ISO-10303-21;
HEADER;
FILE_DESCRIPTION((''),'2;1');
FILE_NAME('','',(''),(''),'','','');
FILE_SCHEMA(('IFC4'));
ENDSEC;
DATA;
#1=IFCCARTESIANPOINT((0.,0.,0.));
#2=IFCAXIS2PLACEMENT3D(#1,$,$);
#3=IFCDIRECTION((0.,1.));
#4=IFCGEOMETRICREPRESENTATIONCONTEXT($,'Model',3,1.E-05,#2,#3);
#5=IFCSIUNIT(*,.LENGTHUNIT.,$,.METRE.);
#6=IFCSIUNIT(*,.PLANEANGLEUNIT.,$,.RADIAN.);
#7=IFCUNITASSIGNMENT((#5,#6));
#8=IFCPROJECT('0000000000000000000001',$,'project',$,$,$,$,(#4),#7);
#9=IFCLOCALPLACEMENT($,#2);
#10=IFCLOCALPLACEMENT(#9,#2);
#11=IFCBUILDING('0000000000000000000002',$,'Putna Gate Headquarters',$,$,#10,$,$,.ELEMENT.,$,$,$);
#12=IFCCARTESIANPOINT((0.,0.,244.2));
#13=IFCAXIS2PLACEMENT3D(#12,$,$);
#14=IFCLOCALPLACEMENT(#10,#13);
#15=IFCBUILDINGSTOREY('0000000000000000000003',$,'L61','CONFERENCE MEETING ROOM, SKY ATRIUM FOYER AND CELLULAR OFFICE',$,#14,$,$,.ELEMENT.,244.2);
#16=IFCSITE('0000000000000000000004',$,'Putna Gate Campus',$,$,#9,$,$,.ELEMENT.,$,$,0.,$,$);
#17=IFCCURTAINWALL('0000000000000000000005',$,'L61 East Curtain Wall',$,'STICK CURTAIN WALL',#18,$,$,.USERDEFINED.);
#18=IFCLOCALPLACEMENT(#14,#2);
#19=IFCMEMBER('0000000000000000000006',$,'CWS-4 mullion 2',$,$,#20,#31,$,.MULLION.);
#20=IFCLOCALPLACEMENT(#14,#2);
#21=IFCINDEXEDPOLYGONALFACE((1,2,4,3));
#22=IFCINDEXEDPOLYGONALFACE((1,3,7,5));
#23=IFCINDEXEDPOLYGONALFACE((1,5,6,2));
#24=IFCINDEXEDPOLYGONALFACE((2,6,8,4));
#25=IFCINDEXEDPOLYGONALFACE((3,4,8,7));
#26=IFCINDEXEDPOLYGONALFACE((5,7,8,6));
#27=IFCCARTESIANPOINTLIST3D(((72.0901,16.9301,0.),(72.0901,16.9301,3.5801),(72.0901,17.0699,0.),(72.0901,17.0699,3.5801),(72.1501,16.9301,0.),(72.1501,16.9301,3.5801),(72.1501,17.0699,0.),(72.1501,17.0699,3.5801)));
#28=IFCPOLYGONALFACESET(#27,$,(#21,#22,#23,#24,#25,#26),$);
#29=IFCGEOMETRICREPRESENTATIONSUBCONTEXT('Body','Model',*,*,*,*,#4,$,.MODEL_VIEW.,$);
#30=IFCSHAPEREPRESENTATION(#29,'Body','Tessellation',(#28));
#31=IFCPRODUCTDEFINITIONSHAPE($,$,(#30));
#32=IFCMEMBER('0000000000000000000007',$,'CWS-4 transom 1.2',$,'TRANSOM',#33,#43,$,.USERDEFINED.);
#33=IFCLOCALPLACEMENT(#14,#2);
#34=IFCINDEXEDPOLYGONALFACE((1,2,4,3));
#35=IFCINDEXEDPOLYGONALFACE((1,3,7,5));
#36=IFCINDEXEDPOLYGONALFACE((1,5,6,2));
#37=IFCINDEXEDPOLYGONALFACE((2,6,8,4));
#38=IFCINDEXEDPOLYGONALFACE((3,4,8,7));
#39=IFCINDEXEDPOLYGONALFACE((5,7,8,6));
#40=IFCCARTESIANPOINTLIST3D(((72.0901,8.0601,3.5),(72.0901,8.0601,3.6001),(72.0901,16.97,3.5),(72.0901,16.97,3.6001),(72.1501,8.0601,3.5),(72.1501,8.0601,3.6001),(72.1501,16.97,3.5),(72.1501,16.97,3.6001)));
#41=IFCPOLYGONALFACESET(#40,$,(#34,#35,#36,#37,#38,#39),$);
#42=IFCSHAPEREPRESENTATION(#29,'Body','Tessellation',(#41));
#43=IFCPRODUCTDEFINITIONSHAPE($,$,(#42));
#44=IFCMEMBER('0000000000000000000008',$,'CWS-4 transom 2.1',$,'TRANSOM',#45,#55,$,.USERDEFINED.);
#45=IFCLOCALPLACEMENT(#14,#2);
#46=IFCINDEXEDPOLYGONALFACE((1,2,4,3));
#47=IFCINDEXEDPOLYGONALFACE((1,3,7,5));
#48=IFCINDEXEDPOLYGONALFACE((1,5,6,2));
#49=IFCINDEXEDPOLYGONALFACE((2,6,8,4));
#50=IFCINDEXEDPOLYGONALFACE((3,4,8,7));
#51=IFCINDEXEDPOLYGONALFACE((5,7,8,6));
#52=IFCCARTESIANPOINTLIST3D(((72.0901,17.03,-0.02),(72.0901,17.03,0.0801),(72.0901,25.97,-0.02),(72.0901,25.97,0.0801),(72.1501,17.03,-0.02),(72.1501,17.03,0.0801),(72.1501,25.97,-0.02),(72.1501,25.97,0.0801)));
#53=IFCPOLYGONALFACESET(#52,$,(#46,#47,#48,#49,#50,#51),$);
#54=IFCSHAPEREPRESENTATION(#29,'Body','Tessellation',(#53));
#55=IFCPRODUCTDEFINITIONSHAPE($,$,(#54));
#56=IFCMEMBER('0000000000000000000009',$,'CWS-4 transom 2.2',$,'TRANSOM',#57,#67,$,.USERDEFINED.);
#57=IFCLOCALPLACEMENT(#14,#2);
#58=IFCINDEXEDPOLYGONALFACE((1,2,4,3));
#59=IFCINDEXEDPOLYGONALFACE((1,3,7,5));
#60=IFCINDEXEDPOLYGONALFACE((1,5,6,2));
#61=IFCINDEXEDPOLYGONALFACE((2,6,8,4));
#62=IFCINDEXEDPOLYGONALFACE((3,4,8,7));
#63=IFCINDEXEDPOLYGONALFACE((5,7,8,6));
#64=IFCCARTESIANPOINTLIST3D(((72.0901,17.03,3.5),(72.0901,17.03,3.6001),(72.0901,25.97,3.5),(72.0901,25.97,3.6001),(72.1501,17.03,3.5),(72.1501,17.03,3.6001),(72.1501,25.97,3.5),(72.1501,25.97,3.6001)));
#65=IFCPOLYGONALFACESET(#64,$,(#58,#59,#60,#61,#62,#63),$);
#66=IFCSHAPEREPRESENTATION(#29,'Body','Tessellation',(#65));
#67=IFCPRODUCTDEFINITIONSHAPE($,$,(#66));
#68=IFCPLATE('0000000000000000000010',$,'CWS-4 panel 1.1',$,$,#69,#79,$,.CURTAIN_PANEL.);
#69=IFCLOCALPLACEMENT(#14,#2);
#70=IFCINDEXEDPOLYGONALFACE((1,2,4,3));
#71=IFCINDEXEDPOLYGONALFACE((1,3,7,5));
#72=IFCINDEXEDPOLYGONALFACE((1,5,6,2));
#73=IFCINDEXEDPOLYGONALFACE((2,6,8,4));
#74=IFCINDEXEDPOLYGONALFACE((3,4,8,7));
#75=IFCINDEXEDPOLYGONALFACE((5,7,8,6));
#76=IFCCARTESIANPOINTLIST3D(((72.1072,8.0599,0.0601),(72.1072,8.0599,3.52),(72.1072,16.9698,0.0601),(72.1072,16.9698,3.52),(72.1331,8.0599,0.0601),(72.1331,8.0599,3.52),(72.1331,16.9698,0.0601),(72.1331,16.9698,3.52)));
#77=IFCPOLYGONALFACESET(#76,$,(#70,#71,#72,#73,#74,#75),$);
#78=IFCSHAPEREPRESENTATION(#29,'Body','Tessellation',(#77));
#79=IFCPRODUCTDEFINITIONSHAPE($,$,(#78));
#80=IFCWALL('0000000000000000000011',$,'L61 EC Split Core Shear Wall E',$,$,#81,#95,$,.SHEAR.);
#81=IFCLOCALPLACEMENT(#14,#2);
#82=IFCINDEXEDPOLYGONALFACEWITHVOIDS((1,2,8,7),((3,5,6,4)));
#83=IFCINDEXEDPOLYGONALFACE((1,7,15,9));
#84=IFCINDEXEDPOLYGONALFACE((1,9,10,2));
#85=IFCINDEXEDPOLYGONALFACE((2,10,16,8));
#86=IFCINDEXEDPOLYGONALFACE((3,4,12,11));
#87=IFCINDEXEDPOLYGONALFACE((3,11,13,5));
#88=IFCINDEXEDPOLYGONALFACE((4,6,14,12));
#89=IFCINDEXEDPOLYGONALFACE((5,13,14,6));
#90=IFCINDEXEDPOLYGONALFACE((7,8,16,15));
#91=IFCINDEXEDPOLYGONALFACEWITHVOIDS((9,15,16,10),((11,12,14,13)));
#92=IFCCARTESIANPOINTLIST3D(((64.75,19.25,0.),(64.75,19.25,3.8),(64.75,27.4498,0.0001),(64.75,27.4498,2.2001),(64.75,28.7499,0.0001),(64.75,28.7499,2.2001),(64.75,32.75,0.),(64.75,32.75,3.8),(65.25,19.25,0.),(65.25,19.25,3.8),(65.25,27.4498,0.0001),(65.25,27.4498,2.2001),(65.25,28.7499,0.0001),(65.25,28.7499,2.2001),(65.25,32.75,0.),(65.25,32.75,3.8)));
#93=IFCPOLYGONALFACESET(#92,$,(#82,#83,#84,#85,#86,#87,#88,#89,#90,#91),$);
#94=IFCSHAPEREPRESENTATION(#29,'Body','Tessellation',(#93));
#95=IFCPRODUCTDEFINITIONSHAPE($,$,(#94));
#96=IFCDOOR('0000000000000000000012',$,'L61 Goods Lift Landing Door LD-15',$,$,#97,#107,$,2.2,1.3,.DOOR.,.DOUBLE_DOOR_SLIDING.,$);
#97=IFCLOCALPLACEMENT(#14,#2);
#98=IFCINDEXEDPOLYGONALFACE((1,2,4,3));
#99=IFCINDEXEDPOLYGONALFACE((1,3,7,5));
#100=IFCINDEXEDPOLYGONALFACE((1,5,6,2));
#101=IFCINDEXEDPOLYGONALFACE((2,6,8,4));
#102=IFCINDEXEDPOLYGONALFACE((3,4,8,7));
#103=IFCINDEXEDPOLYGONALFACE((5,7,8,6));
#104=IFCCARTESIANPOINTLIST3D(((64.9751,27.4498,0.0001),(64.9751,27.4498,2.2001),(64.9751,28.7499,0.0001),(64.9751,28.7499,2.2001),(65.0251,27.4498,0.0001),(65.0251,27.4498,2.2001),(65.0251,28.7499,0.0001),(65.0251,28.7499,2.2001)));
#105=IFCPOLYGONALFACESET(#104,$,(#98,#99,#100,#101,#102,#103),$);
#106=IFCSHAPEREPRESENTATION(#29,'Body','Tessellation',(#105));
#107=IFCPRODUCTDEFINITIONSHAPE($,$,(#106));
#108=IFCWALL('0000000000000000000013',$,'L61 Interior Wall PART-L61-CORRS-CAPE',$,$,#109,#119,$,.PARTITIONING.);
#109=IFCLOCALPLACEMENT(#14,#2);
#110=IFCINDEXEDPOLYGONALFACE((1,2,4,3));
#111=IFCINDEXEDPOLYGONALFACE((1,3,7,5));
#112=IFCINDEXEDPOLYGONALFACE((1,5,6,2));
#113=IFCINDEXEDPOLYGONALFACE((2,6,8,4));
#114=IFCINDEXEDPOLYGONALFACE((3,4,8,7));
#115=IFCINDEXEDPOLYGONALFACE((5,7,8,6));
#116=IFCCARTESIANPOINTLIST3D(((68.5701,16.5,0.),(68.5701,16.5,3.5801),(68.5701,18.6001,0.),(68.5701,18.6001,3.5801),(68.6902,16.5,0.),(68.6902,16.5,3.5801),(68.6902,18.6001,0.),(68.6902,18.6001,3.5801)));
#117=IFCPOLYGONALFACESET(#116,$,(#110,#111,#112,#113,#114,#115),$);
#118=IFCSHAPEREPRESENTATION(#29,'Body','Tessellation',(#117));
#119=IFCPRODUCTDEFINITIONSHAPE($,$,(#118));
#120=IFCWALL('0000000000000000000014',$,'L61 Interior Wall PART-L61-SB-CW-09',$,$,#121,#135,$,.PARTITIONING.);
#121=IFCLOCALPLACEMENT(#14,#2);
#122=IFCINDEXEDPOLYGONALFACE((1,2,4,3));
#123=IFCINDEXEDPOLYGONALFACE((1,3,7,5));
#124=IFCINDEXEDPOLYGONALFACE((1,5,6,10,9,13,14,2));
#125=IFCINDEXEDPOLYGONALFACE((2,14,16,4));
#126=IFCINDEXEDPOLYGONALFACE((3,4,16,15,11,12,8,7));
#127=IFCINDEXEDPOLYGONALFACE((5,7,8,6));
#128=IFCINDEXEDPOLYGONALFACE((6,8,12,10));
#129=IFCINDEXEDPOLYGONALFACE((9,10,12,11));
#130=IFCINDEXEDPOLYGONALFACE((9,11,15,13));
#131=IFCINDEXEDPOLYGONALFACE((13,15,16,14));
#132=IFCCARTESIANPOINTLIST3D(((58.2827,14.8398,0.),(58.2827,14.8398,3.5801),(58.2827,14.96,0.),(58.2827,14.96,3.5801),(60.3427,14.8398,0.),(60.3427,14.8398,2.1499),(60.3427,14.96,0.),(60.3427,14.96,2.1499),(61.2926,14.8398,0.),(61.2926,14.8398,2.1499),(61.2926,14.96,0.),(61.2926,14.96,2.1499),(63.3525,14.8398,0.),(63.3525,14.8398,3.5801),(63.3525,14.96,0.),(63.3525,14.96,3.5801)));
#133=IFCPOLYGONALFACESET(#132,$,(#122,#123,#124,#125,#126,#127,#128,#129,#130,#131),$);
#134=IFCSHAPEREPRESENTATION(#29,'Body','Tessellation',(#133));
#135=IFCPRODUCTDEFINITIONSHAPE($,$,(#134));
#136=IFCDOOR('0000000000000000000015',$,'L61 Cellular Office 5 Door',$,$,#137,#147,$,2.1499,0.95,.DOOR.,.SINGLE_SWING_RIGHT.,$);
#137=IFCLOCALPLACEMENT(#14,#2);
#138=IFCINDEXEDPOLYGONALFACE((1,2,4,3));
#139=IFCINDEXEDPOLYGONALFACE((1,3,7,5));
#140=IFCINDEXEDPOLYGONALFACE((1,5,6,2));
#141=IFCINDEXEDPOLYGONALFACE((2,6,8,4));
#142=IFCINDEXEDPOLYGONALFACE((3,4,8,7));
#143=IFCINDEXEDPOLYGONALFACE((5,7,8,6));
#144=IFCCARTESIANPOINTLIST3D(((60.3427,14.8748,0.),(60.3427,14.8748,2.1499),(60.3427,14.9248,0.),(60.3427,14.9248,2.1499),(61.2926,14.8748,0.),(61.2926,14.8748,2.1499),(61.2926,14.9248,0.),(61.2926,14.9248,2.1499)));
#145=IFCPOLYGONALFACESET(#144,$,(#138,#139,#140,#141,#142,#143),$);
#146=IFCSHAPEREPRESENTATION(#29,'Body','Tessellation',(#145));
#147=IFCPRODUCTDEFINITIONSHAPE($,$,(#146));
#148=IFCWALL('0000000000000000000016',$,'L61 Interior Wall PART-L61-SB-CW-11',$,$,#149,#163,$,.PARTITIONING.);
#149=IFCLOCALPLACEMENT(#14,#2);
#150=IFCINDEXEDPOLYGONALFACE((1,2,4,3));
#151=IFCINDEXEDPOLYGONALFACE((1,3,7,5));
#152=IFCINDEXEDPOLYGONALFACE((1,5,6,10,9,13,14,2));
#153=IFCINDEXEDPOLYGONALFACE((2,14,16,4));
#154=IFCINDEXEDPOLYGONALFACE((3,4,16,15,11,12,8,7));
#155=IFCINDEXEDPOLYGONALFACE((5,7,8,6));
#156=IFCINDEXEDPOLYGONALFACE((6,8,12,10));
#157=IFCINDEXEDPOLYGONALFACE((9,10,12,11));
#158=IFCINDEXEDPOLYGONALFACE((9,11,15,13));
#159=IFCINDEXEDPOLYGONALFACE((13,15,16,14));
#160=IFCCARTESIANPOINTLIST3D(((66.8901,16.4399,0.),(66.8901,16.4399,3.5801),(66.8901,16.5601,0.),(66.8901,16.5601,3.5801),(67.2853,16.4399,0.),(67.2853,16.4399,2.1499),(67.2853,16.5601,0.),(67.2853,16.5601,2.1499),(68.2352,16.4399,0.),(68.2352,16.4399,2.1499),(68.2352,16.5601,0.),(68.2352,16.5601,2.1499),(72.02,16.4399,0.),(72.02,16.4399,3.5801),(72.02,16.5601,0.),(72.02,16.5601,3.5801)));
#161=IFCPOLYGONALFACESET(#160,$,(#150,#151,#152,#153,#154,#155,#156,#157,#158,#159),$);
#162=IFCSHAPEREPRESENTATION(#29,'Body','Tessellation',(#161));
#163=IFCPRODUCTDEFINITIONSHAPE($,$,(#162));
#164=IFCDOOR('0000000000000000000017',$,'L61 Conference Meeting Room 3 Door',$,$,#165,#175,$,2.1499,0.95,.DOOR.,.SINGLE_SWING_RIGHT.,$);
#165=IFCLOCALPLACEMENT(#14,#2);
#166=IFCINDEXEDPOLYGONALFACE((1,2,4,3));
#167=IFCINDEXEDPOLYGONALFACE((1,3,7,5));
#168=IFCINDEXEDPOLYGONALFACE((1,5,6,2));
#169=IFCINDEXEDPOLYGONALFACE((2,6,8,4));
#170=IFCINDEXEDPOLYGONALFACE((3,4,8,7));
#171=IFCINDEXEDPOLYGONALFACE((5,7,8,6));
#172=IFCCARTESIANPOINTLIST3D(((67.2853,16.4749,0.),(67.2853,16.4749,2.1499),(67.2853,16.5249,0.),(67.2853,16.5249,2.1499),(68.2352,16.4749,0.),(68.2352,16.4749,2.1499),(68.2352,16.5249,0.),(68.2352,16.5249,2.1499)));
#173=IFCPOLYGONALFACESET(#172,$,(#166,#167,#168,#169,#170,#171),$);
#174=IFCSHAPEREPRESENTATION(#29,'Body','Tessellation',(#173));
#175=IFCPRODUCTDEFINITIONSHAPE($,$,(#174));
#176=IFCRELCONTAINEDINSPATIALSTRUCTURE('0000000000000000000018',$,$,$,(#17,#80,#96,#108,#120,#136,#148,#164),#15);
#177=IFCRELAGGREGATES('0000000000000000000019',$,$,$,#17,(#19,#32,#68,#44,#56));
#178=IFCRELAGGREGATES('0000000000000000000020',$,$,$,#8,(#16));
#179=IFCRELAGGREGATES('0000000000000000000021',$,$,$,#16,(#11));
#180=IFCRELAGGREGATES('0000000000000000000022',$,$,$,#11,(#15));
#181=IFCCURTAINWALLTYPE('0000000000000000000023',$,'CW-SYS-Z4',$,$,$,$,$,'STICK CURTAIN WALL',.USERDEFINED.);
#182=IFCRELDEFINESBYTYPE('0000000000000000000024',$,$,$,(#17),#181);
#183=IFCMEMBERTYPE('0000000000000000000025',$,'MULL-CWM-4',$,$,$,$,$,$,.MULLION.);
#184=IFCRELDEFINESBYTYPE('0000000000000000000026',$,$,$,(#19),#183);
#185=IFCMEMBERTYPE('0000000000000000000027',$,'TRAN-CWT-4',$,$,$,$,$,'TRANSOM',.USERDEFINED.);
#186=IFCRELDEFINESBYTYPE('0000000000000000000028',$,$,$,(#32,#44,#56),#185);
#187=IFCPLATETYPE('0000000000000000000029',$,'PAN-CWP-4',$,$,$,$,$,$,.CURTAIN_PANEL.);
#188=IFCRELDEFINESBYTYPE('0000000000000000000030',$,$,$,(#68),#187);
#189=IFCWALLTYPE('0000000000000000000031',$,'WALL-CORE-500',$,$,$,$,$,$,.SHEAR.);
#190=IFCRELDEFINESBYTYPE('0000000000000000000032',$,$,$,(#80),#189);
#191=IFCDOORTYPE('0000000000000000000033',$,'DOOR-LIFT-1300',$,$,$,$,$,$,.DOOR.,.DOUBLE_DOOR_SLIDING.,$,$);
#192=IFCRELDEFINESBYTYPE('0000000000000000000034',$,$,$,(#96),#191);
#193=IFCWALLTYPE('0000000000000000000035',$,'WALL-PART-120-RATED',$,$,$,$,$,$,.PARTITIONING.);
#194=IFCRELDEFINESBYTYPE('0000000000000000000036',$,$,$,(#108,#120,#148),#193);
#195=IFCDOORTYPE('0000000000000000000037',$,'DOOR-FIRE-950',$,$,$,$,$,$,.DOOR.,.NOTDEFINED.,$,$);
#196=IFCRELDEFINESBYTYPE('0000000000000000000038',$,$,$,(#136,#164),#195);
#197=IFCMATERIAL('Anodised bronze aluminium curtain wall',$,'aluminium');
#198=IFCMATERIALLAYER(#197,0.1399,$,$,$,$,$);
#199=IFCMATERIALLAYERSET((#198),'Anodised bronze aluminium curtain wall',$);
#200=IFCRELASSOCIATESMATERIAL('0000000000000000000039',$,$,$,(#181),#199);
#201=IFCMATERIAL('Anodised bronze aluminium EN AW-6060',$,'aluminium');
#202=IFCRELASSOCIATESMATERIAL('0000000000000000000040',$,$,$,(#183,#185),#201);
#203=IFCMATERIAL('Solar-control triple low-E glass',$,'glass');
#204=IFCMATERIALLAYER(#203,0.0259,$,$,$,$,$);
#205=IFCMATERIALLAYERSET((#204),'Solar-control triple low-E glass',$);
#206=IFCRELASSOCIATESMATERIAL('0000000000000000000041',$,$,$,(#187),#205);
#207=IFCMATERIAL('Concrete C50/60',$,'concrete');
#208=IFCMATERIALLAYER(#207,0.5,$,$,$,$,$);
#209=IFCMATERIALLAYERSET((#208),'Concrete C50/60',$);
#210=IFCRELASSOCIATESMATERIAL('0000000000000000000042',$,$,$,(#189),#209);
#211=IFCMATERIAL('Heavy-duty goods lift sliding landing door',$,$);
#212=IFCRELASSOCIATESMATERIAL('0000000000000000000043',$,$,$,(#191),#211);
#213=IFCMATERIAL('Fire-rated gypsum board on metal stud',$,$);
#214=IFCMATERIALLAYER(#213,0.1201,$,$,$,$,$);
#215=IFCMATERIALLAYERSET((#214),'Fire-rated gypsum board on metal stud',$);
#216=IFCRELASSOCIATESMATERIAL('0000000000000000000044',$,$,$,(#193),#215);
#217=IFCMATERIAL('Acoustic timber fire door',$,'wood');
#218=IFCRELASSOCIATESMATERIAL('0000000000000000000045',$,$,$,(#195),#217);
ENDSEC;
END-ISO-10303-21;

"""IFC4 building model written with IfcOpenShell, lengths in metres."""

from ifc_helpers import new_model, si_unit, direction, frame, frame_2d, origin, origin_2d, place, context, subcontext, project, spatial, rectangle, extrude, material, layer, layer_set, material_profile, profile_set, type_object, element, fill, aggregate, save


model = new_model("IFC4")

# Units and contexts
model_context = context("Model", 3, precision=1e-05, world=origin(), true_north=direction((0.0, 1.0)))
body_context = subcontext(model_context, "Body", "Model", "MODEL_VIEW")
ifc_project = project(units=[si_unit("LENGTHUNIT", "METRE"), si_unit("PLANEANGLEUNIT", "RADIAN")], contexts=[model_context])

# Site, building, storey
site_placement = place(None, origin())
site = spatial("IfcSite", under=ifc_project, at=site_placement, Name="Putna Gate Campus", CompositionType="ELEMENT", RefElevation=0.0)
building_placement = place(site_placement, origin())
building = spatial("IfcBuilding", under=site, at=building_placement, Name="Putna Gate Headquarters", CompositionType="ELEMENT")
storey_placement = place(building_placement, frame((0.0, 0.0, 244.2)))
storey = spatial("IfcBuildingStorey", under=building, at=storey_placement, Name="L61", Description="CONFERENCE MEETING ROOM, SKY ATRIUM FOYER AND CELLULAR OFFICE", CompositionType="ELEMENT", Elevation=244.2)

# Curtain wall, members, plate
ifc_material_1 = material(Name="Anodised bronze aluminium curtain wall", Category="aluminium")
ifc_layer_1 = layer(ifc_material_1, 0.1399)
ifc_layer_set_1 = layer_set([ifc_layer_1], Name="Anodised bronze aluminium curtain wall")
curtain_wall_type = type_object("IfcCurtainWallType", Name="CW-SYS-Z4", ElementType="STICK CURTAIN WALL", PredefinedType="USERDEFINED", material=ifc_layer_set_1)
curtain_wall_placement = place(storey_placement, origin())
curtain_wall = element("IfcCurtainWall", 1, at=curtain_wall_placement, inside=storey, type_object=curtain_wall_type, Name="L61 East Curtain Wall", ObjectType="STICK CURTAIN WALL", PredefinedType="USERDEFINED")
ifc_material_2 = material(Name="Anodised bronze aluminium EN AW-6060", Category="aluminium")
ifc_material_profile_1 = material_profile(ifc_material_2, rectangle(XDim=0.0601, YDim=0.1399, at=origin_2d()), Name="Anodised bronze aluminium EN AW-6060")
ifc_profile_set_1 = profile_set([ifc_material_profile_1], Name="Anodised bronze aluminium EN AW-6060")
member_type_1 = type_object("IfcMemberType", Name="MULL-CWM-4", PredefinedType="MULLION", material=ifc_profile_set_1)
member_1_placement = place(storey_placement, frame((72.1201, 17.0, 0.0), z_axis=(0.0, 0.0, 1.0), x_axis=(-1.0, 0.0, 0.0)))
member_1 = element("IfcMember", 2, at=member_1_placement, type_object=member_type_1, Name="CWS-4 mullion 2", PredefinedType="MULLION", context=body_context, shape_type="SweptSolid", body=[
    extrude(rectangle(XDim=0.0601, YDim=0.1399, at=origin_2d()), origin(), (0.0, 0.0, 1.0), 3.5801),
])
ifc_material_profile_2 = material_profile(ifc_material_2, rectangle(XDim=0.0601, YDim=0.1001, at=origin_2d()), Name="Anodised bronze aluminium EN AW-6060")
ifc_profile_set_2 = profile_set([ifc_material_profile_2], Name="Anodised bronze aluminium EN AW-6060")
member_type_2 = type_object("IfcMemberType", Name="TRAN-CWT-4", ElementType="TRANSOM", PredefinedType="USERDEFINED", material=ifc_profile_set_2)
member_2_placement = place(storey_placement, frame((72.1201, 8.0601, 3.55), z_axis=(0.0, 1.0, 0.0), x_axis=(-1.0, 0.0, 0.0)))
member_2 = element("IfcMember", 3, at=member_2_placement, type_object=member_type_2, Name="CWS-4 transom 1.2", ObjectType="TRANSOM", PredefinedType="USERDEFINED", context=body_context, shape_type="SweptSolid", body=[
    extrude(rectangle(XDim=0.0601, YDim=0.1001, at=origin_2d()), origin(), (0.0, 0.0, 1.0), 8.9099),
])
member_3_placement = place(storey_placement, frame((72.1201, 17.03, 0.03), z_axis=(0.0, 1.0, 0.0), x_axis=(-1.0, 0.0, 0.0)))
member_3 = element("IfcMember", 4, at=member_3_placement, type_object=member_type_2, Name="CWS-4 transom 2.1", ObjectType="TRANSOM", PredefinedType="USERDEFINED", context=body_context, shape_type="SweptSolid", body=[
    extrude(rectangle(XDim=0.0601, YDim=0.1001, at=origin_2d()), origin(), (0.0, 0.0, 1.0), 8.9399),
])
member_4_placement = place(storey_placement, frame((72.1201, 17.03, 3.55), z_axis=(0.0, 1.0, 0.0), x_axis=(-1.0, 0.0, 0.0)))
member_4 = element("IfcMember", 5, at=member_4_placement, type_object=member_type_2, Name="CWS-4 transom 2.2", ObjectType="TRANSOM", PredefinedType="USERDEFINED", context=body_context, shape_type="SweptSolid", body=[
    extrude(rectangle(XDim=0.0601, YDim=0.1001, at=origin_2d()), origin(), (0.0, 0.0, 1.0), 8.9399),
])
ifc_material_3 = material(Name="Solar-control triple low-E glass", Category="glass")
ifc_layer_2 = layer(ifc_material_3, 0.0259)
ifc_layer_set_2 = layer_set([ifc_layer_2], Name="Solar-control triple low-E glass")
plate_type = type_object("IfcPlateType", Name="PAN-CWP-4", PredefinedType="CURTAIN_PANEL", material=ifc_layer_set_2)
plate_placement = place(storey_placement, frame((72.1201, 12.5149, 0.0601), z_axis=(0.0, 0.0, 1.0), x_axis=(0.0, 1.0, 0.0)))
plate = element("IfcPlate", 6, at=plate_placement, type_object=plate_type, Name="CWS-4 panel 1.1", PredefinedType="CURTAIN_PANEL", context=body_context, shape_type="SweptSolid", body=[
    extrude(rectangle(XDim=8.9099, YDim=0.0259, at=origin_2d()), origin(), (0.0, 0.0, 1.0), 3.46),
])
aggregate(curtain_wall, [member_1, member_2, plate, member_3, member_4])

# Wall, opening, door
ifc_material_4 = material(Name="Concrete C50/60", Category="concrete")
ifc_layer_3 = layer(ifc_material_4, 0.5)
ifc_layer_set_3 = layer_set([ifc_layer_3], Name="Concrete C50/60")
wall_type_1 = type_object("IfcWallType", Name="WALL-CORE-500", PredefinedType="SHEAR", material=ifc_layer_set_3)
wall_1_placement = place(storey_placement, frame((65.0, 19.25, 0.0), z_axis=(0.0, 0.0, 1.0), x_axis=(0.0, 1.0, 0.0)))
wall_1 = element("IfcWall", 7, at=wall_1_placement, inside=storey, type_object=wall_type_1, Name="L61 EC Split Core Shear Wall E", PredefinedType="SHEAR", context=body_context, shape_type="SweptSolid", body=[
    extrude(rectangle(XDim=13.5, YDim=0.5, at=frame_2d((6.75, 0.0))), origin(), (0.0, 0.0, 1.0), 3.8),
])
opening_1_placement = place(wall_1_placement, frame((8.2, 0.0, 0.0)))
opening_1 = element("IfcOpeningElement", 8, at=opening_1_placement, cuts=wall_1, PredefinedType="OPENING", context=body_context, shape_type="SweptSolid", body=[
    extrude(rectangle(XDim=1.3, YDim=2.2, at=frame_2d((0.6499, 1.1001))), frame((0.0, 0.26, 0.0), z_axis=(0.0, -1.0, 0.0), x_axis=(1.0, 0.0, 0.0)), (0.0, 0.0, 1.0), 0.52),
])
ifc_material_5 = material(Name="Heavy-duty goods lift sliding landing door")
door_type_1 = type_object("IfcDoorType", Name="DOOR-LIFT-1300", OperationType="DOUBLE_DOOR_SLIDING", PredefinedType="DOOR", material=ifc_material_5)
door_1_placement = place(opening_1_placement, origin())
door_1 = element("IfcDoor", 9, at=door_1_placement, inside=storey, type_object=door_type_1, Name="L61 Goods Lift Landing Door LD-15", OperationType="DOUBLE_DOOR_SLIDING", OverallHeight=2.2, OverallWidth=1.3, PredefinedType="DOOR", context=body_context, shape_type="SweptSolid", body=[
    extrude(rectangle(XDim=1.3, YDim=2.2, at=frame_2d((0.6499, 1.1001))), frame((0.0, 0.0249, 0.0), z_axis=(0.0, -1.0, 0.0), x_axis=(1.0, 0.0, 0.0)), (0.0, 0.0, 1.0), 0.05),
])
fill(opening_1, door_1)

# Wall
ifc_material_6 = material(Name="Fire-rated gypsum board on metal stud")
ifc_layer_4 = layer(ifc_material_6, 0.1201)
ifc_layer_set_4 = layer_set([ifc_layer_4], Name="Fire-rated gypsum board on metal stud")
wall_type_2 = type_object("IfcWallType", Name="WALL-PART-120-RATED", PredefinedType="PARTITIONING", material=ifc_layer_set_4)
wall_2_placement = place(storey_placement, frame((68.6301, 16.5, 0.0), z_axis=(0.0, 0.0, 1.0), x_axis=(0.0, 1.0, 0.0)))
element("IfcWall", 10, at=wall_2_placement, inside=storey, type_object=wall_type_2, Name="L61 Interior Wall PART-L61-CORRS-CAPE", PredefinedType="PARTITIONING", context=body_context, shape_type="SweptSolid", body=[
    extrude(rectangle(XDim=2.1001, YDim=0.1201, at=frame_2d((1.05, 0.0))), origin(), (0.0, 0.0, 1.0), 3.5801),
])

# Walls, openings, doors
wall_3_placement = place(storey_placement, frame((58.2827, 14.8999, 0.0), z_axis=(0.0, 0.0, 1.0), x_axis=(1.0, 0.0, 0.0)))
wall_3 = element("IfcWall", 11, at=wall_3_placement, inside=storey, type_object=wall_type_2, Name="L61 Interior Wall PART-L61-SB-CW-09", PredefinedType="PARTITIONING", context=body_context, shape_type="SweptSolid", body=[
    extrude(rectangle(XDim=5.0698, YDim=0.1201, at=frame_2d((2.5349, 0.0))), origin(), (0.0, 0.0, 1.0), 3.5801),
])
opening_2_placement = place(wall_3_placement, frame((2.0598, 0.0, 0.0)))
opening_2 = element("IfcOpeningElement", 12, at=opening_2_placement, cuts=wall_3, PredefinedType="OPENING", context=body_context, shape_type="SweptSolid", body=[
    extrude(rectangle(XDim=0.95, YDim=2.1499, at=frame_2d((0.4751, 1.075))), frame((0.0, 0.0701, 0.0), z_axis=(0.0, -1.0, 0.0), x_axis=(1.0, 0.0, 0.0)), (0.0, 0.0, 1.0), 0.1401),
])
ifc_material_7 = material(Name="Acoustic timber fire door", Category="wood")
door_type_2 = type_object("IfcDoorType", Name="DOOR-FIRE-950", OperationType="NOTDEFINED", PredefinedType="DOOR", material=ifc_material_7)
door_2_placement = place(opening_2_placement, origin())
door_2 = element("IfcDoor", 13, at=door_2_placement, inside=storey, type_object=door_type_2, Name="L61 Cellular Office 5 Door", OperationType="SINGLE_SWING_RIGHT", OverallHeight=2.1499, OverallWidth=0.95, PredefinedType="DOOR", context=body_context, shape_type="SweptSolid", body=[
    extrude(rectangle(XDim=0.95, YDim=2.1499, at=frame_2d((0.4751, 1.075))), frame((0.0, 0.0249, 0.0), z_axis=(0.0, -1.0, 0.0), x_axis=(1.0, 0.0, 0.0)), (0.0, 0.0, 1.0), 0.05),
])
fill(opening_2, door_2)
wall_4_placement = place(storey_placement, frame((66.8901, 16.5, 0.0), z_axis=(0.0, 0.0, 1.0), x_axis=(1.0, 0.0, 0.0)))
wall_4 = element("IfcWall", 14, at=wall_4_placement, inside=storey, type_object=wall_type_2, Name="L61 Interior Wall PART-L61-SB-CW-11", PredefinedType="PARTITIONING", context=body_context, shape_type="SweptSolid", body=[
    extrude(rectangle(XDim=5.1299, YDim=0.1201, at=frame_2d((2.5649, 0.0))), origin(), (0.0, 0.0, 1.0), 3.5801),
])
opening_3_placement = place(wall_4_placement, frame((0.395, 0.0, 0.0)))
opening_3 = element("IfcOpeningElement", 15, at=opening_3_placement, cuts=wall_4, PredefinedType="OPENING", context=body_context, shape_type="SweptSolid", body=[
    extrude(rectangle(XDim=0.95, YDim=2.1499, at=frame_2d((0.4751, 1.075))), frame((0.0, 0.0701, 0.0), z_axis=(0.0, -1.0, 0.0), x_axis=(1.0, 0.0, 0.0)), (0.0, 0.0, 1.0), 0.1401),
])
door_3_placement = place(opening_3_placement, origin())
door_3 = element("IfcDoor", 16, at=door_3_placement, inside=storey, type_object=door_type_2, Name="L61 Conference Meeting Room 3 Door", OperationType="SINGLE_SWING_RIGHT", OverallHeight=2.1499, OverallWidth=0.95, PredefinedType="DOOR", context=body_context, shape_type="SweptSolid", body=[
    extrude(rectangle(XDim=0.95, YDim=2.1499, at=frame_2d((0.4751, 1.075))), frame((0.0, 0.0249, 0.0), z_axis=(0.0, -1.0, 0.0), x_axis=(1.0, 0.0, 0.0)), (0.0, 0.0, 1.0), 0.05),
])
fill(opening_3, door_3)

save(model, "model.ifc")
